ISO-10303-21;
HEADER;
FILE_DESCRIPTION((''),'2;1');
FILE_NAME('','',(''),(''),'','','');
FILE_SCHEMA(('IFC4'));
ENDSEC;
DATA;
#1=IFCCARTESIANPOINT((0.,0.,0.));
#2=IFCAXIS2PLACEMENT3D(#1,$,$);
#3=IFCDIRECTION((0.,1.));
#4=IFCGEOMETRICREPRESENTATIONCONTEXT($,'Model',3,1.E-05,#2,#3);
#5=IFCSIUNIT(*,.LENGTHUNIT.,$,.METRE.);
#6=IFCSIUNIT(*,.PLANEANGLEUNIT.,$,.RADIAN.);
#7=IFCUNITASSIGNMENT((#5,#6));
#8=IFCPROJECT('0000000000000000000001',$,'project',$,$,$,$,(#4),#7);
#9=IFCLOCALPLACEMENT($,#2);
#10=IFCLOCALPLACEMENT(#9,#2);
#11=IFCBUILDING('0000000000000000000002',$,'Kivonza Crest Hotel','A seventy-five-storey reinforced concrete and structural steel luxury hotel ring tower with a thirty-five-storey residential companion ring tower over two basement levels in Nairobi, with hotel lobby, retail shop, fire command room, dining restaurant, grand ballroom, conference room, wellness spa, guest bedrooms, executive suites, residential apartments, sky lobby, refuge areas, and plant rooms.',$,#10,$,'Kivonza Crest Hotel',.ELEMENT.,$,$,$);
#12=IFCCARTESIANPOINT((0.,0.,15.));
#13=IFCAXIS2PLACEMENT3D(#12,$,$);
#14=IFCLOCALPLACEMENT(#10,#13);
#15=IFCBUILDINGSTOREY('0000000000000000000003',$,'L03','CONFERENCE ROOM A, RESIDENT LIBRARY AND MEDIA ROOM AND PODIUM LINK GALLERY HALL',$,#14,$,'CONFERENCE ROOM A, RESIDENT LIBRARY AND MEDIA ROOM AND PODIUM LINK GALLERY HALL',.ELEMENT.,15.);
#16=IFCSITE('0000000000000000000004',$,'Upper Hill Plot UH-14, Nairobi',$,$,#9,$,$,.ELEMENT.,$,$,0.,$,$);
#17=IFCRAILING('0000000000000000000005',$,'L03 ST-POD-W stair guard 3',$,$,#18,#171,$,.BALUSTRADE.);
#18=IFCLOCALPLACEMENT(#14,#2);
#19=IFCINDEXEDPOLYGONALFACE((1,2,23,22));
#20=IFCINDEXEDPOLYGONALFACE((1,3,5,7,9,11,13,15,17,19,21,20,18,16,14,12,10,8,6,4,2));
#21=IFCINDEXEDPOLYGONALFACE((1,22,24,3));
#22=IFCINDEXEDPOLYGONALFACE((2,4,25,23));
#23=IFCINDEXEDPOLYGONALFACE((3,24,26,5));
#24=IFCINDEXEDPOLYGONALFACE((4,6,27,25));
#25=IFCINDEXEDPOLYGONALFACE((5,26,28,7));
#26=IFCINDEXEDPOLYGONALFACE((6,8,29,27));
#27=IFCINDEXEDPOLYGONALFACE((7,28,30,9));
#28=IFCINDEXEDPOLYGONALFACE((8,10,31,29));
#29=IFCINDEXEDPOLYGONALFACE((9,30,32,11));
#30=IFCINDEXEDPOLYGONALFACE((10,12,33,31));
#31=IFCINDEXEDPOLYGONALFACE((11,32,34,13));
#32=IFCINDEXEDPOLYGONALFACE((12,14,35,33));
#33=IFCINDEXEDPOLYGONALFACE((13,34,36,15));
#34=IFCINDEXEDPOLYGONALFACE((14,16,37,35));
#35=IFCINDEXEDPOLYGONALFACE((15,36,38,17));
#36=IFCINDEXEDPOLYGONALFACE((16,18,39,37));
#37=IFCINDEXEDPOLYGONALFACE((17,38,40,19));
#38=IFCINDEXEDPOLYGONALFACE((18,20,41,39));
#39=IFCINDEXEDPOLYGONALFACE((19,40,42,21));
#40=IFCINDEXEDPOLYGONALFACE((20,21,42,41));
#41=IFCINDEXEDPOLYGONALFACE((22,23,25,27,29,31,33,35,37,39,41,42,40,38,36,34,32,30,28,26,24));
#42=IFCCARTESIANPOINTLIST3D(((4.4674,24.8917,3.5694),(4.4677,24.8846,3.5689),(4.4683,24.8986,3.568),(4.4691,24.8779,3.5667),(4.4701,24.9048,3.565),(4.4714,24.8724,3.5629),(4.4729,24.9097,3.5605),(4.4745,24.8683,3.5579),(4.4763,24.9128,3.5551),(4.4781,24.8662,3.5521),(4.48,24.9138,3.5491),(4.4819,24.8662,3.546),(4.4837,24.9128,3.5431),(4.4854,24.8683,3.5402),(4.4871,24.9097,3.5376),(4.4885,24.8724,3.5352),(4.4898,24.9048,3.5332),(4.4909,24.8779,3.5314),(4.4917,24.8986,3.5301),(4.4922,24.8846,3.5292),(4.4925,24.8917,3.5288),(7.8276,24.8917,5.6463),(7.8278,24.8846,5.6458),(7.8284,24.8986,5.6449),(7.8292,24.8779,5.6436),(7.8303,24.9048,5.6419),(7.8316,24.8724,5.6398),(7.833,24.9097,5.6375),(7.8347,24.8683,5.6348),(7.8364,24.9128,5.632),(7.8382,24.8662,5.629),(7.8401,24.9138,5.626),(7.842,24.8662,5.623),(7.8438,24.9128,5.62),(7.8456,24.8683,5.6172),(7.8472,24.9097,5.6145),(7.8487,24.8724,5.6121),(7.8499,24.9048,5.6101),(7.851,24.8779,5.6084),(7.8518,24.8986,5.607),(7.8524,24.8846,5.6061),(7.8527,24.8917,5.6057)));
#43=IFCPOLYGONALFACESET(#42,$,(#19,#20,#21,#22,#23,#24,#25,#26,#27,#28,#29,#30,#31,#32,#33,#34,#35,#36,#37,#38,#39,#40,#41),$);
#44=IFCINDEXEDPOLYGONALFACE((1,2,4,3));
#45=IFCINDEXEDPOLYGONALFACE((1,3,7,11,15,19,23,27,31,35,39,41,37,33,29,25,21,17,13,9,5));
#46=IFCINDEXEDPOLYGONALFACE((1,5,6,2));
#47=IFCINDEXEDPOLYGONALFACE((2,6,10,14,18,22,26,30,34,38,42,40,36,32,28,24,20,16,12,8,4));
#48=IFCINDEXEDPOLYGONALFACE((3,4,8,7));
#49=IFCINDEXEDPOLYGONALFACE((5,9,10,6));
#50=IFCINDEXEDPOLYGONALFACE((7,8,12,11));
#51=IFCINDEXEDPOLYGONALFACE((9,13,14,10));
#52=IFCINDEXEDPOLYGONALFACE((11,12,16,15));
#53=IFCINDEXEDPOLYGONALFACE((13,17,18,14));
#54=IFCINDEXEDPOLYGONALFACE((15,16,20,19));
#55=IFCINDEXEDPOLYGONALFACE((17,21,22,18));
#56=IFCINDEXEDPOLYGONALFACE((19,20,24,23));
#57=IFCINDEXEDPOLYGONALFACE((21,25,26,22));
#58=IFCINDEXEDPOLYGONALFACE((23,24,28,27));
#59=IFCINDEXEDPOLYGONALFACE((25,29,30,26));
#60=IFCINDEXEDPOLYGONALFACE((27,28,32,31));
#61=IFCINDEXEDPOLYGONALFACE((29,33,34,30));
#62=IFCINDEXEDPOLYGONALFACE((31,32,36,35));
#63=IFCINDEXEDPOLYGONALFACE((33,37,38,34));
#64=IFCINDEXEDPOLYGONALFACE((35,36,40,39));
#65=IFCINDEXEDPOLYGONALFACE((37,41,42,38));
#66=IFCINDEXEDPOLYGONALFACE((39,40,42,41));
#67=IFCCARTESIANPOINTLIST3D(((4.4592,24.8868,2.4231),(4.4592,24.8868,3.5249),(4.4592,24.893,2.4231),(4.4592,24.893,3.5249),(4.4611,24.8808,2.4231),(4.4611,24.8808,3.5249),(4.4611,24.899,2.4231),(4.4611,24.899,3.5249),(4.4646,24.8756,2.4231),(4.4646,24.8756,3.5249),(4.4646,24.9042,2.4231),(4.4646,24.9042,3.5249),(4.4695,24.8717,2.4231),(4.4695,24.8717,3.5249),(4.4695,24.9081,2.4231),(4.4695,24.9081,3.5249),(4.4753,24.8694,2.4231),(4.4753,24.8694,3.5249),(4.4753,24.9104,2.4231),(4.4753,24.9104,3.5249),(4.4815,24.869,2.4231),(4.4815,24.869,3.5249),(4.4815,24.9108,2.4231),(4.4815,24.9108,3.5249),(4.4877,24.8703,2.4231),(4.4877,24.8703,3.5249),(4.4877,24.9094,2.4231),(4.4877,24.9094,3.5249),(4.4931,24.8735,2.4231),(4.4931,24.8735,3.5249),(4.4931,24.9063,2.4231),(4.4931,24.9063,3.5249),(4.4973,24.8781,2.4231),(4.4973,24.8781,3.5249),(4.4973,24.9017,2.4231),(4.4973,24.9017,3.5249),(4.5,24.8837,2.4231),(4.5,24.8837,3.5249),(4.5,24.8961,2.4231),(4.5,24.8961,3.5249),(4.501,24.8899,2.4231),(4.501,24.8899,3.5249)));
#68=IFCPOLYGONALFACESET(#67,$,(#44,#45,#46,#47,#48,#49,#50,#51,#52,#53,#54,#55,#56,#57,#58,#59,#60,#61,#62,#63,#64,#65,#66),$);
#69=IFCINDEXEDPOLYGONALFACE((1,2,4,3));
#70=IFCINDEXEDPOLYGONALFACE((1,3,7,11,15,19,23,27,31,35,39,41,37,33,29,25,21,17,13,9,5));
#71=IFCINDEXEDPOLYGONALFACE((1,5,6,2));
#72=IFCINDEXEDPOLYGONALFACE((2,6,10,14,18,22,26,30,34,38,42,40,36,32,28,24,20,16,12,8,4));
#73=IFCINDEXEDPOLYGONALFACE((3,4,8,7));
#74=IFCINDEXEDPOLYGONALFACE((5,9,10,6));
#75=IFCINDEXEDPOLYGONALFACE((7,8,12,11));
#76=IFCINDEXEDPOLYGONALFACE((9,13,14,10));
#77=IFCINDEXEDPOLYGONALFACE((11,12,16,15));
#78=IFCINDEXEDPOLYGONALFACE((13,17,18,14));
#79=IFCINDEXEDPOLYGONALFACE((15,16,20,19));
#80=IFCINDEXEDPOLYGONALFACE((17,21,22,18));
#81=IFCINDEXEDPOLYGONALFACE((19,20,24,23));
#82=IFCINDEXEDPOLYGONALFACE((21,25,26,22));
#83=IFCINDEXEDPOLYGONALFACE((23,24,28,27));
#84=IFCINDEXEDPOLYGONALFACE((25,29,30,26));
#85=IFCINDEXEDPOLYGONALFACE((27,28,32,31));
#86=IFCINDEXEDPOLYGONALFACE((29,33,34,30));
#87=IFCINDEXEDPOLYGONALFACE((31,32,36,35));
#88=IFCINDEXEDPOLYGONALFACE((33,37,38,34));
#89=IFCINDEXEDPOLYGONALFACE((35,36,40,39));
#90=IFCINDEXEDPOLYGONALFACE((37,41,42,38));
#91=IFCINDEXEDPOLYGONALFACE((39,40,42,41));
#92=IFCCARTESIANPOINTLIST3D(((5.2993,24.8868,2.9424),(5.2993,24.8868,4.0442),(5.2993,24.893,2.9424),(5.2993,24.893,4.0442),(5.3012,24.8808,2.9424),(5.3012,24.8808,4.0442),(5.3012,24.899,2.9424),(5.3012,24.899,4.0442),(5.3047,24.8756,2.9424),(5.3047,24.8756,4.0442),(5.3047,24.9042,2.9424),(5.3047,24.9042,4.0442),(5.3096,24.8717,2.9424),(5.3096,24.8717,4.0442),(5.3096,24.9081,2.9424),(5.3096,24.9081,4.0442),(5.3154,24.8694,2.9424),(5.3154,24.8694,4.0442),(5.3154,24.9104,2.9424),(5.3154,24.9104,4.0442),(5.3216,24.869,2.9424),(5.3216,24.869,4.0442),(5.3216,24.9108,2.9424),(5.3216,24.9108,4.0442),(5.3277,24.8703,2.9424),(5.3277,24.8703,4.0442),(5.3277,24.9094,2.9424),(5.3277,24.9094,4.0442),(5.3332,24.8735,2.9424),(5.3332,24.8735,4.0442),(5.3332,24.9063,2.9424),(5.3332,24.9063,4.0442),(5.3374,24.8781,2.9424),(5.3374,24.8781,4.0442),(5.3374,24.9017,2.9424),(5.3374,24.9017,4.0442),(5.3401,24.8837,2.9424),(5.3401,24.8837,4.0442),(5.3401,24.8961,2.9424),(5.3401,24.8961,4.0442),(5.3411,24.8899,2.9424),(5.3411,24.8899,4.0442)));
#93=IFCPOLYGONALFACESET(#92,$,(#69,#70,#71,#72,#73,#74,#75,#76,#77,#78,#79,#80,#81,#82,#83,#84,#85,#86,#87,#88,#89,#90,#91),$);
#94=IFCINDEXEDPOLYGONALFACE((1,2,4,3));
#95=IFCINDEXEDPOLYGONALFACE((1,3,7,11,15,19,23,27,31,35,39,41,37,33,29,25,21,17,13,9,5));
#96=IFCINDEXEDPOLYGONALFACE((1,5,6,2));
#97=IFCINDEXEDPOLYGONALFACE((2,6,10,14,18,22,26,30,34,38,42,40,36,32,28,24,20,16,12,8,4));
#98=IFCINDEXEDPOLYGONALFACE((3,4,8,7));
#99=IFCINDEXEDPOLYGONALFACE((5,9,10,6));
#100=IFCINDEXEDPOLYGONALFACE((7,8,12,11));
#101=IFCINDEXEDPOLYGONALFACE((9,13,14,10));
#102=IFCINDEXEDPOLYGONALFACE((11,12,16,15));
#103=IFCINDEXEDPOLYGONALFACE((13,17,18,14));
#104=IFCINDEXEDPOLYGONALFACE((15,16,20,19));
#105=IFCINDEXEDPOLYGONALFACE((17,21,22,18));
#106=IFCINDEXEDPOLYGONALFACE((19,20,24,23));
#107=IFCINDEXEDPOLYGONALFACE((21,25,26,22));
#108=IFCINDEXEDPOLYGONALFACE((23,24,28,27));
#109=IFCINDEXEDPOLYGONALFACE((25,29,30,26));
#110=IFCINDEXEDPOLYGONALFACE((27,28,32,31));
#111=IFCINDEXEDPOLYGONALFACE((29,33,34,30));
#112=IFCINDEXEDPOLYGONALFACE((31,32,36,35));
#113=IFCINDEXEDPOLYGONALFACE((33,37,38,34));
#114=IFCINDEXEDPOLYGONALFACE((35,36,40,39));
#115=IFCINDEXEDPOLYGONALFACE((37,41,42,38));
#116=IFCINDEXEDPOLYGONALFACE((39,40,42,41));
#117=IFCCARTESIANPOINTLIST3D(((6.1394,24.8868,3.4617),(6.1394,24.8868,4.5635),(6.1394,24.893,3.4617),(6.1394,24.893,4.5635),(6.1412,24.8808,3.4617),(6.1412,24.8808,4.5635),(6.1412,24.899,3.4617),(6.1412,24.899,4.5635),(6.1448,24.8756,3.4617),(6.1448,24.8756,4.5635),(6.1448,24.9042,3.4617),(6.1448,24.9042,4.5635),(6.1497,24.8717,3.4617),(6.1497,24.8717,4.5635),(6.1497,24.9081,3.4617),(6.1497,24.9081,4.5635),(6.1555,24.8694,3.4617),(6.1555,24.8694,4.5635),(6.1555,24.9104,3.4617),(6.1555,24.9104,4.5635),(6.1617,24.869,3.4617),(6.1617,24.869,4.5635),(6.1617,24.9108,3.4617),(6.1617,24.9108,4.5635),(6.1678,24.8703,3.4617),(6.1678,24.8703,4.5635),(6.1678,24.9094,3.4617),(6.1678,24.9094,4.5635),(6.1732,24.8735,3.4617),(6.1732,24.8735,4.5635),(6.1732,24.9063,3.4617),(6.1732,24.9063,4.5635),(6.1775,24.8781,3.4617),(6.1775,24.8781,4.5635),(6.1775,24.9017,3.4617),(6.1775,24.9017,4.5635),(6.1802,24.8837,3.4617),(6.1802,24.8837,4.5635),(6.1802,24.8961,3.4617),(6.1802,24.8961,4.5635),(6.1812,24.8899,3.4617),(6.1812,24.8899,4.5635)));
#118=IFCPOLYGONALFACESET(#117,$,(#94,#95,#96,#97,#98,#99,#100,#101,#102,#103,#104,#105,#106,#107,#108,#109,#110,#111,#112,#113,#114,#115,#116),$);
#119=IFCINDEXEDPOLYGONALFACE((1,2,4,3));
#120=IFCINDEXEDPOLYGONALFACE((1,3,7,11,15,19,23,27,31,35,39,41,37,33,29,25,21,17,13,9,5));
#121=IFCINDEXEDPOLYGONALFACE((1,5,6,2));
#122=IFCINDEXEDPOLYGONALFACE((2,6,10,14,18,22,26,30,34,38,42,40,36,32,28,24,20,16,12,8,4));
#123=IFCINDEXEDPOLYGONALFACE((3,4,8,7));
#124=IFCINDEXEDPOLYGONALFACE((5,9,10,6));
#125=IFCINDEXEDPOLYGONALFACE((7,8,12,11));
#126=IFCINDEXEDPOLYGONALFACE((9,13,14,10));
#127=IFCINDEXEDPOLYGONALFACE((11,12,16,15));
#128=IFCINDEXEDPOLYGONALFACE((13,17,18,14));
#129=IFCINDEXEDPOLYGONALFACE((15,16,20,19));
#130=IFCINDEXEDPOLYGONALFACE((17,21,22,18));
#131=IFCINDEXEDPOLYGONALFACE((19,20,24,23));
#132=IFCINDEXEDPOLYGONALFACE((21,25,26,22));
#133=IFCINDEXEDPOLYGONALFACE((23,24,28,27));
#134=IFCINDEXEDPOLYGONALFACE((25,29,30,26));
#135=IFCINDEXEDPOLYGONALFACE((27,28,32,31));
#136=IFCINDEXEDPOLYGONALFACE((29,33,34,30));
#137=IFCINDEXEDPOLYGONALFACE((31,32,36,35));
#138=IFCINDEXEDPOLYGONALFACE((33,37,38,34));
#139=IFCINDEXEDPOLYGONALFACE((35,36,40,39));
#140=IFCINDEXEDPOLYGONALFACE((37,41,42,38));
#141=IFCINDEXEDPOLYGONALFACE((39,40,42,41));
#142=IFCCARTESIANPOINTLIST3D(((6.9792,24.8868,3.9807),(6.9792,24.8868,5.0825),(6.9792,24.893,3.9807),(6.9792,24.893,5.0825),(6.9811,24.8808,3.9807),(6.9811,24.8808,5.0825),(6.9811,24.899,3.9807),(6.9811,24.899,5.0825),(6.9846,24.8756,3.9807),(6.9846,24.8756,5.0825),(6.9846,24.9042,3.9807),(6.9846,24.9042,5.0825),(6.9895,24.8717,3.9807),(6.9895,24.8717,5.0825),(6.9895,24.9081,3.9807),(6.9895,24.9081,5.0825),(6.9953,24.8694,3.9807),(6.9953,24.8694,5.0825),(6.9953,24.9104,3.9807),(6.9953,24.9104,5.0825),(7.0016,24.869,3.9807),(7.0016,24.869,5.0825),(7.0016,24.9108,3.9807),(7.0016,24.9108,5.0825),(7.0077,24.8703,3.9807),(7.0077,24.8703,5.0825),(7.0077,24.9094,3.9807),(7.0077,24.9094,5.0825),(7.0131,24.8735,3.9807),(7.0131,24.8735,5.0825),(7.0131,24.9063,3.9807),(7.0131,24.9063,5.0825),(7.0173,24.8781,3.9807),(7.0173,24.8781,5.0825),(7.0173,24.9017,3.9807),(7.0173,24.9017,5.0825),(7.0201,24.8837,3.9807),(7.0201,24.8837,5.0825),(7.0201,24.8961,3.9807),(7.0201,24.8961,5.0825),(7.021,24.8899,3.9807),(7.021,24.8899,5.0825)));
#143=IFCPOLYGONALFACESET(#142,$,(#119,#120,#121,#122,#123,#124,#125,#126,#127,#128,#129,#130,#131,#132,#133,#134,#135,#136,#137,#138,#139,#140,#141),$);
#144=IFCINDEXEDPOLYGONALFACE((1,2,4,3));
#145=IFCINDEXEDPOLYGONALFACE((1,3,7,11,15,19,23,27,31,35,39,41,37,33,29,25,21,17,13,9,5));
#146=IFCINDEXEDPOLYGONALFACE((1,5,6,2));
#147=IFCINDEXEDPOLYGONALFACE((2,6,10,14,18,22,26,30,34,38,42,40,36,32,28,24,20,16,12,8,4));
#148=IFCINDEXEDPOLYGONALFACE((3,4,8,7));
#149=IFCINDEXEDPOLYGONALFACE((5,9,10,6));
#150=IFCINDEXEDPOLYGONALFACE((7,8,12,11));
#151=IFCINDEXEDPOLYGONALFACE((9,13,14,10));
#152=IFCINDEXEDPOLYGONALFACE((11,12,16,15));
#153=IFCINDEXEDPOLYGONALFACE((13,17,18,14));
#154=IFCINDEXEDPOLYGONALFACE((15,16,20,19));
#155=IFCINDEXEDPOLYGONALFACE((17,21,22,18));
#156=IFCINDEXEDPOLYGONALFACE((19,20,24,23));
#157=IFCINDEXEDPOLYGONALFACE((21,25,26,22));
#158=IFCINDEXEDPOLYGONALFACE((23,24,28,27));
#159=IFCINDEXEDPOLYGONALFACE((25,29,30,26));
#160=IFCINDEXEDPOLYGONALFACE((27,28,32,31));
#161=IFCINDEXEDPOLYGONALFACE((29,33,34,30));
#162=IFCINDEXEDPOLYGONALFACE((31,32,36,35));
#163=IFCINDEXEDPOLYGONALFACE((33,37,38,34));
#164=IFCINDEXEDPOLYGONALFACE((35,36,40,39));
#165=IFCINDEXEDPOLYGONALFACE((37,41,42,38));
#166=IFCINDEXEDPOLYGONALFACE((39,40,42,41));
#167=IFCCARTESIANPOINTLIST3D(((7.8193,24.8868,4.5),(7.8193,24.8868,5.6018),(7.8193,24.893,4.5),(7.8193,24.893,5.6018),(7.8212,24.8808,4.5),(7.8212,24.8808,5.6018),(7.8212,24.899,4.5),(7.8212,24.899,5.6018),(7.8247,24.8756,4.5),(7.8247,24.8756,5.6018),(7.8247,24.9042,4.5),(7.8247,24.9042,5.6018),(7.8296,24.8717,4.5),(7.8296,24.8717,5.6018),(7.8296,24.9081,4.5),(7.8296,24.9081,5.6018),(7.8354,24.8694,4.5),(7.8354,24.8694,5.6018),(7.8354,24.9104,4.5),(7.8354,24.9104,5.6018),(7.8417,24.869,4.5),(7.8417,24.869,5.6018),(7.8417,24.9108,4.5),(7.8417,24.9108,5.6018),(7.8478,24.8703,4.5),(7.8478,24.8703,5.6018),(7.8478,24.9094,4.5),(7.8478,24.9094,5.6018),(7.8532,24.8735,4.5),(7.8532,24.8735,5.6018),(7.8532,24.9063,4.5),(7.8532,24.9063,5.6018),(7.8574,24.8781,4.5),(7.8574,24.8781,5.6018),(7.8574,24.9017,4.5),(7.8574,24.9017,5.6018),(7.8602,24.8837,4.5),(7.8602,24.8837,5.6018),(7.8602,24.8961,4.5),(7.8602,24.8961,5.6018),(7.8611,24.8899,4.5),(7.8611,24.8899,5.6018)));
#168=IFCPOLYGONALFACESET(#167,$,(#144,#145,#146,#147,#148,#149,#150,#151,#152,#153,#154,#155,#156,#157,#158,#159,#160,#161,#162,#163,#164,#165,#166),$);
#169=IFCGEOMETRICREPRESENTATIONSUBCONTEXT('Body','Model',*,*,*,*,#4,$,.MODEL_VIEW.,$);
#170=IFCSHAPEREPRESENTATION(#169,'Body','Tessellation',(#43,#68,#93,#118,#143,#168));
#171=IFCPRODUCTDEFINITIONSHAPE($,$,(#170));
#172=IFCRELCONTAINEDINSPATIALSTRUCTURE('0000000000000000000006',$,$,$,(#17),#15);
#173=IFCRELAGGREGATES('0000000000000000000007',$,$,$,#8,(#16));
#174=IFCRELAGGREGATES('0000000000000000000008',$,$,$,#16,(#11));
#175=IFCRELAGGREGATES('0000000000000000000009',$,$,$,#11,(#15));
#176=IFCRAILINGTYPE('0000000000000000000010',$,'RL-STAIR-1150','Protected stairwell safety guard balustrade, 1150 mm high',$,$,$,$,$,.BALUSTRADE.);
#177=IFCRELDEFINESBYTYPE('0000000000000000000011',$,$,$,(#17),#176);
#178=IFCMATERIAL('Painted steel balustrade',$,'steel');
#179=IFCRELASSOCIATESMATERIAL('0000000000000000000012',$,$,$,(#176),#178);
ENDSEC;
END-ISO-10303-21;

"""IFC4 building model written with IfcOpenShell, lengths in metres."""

from ifc_helpers import new_model, si_unit, direction, frame, origin, origin_2d, place, context, subcontext, project, spatial, circle, extrude, material, type_object, element, save


model = new_model("IFC4")

# Units and contexts
model_context = context("Model", 3, precision=1e-05, world=origin(), true_north=direction((0.0, 1.0)))
body_context = subcontext(model_context, "Body", "Model", "MODEL_VIEW")
ifc_project = project(units=[si_unit("LENGTHUNIT", "METRE"), si_unit("PLANEANGLEUNIT", "RADIAN")], contexts=[model_context])

# Site, building, storey
site_placement = place(None, origin())
site = spatial("IfcSite", under=ifc_project, at=site_placement, Name="Upper Hill Plot UH-14, Nairobi", CompositionType="ELEMENT", RefElevation=0.0)
building_placement = place(site_placement, origin())
building = spatial("IfcBuilding", under=site, at=building_placement, Name="Kivonza Crest Hotel", Description="A seventy-five-storey reinforced concrete and structural steel luxury hotel ring tower with a thirty-five-storey residential companion ring tower over two basement levels in Nairobi, with hotel lobby, retail shop, fire command room, dining restaurant, grand ballroom, conference room, wellness spa, guest bedrooms, executive suites, residential apartments, sky lobby, refuge areas, and plant rooms.", LongName="Kivonza Crest Hotel", CompositionType="ELEMENT")
storey_placement = place(building_placement, frame((0.0, 0.0, 15.0)))
storey = spatial("IfcBuildingStorey", under=building, at=storey_placement, Name="L03", Description="CONFERENCE ROOM A, RESIDENT LIBRARY AND MEDIA ROOM AND PODIUM LINK GALLERY HALL", LongName="CONFERENCE ROOM A, RESIDENT LIBRARY AND MEDIA ROOM AND PODIUM LINK GALLERY HALL", CompositionType="ELEMENT", Elevation=15.0)

# Railing
ifc_material_1 = material(Name="Painted steel balustrade", Category="steel")
railing_type_1 = type_object("IfcRailingType", Name="RL-STAIR-1150", Description="Protected stairwell safety guard balustrade, 1150 mm high", PredefinedType="BALUSTRADE", material=ifc_material_1)
railing_1_placement = place(storey_placement, frame((4.48, 24.8899, 2.4231)))
element("IfcRailing", 1, at=railing_1_placement, inside=storey, type_object=railing_type_1, Name="L03 ST-POD-W stair guard 3", PredefinedType="BALUSTRADE", context=body_context, shape_type="SweptSolid", body=[
    extrude(circle(Radius=0.0239, at=origin_2d()), frame((0.0, 0.0, 1.126), z_axis=(0.850623, 0.0, 0.525776), x_axis=(0.0, 1.0, 0.0)), (0.0, 0.0, 1.0), 3.9502),
    extrude(circle(Radius=0.021, at=origin_2d()), origin(), (0.0, 0.0, 1.0), 1.1018),
    extrude(circle(Radius=0.021, at=origin_2d()), frame((0.8401, 0.0, 0.5193)), (0.0, 0.0, 1.0), 1.1018),
    extrude(circle(Radius=0.021, at=origin_2d()), frame((1.6802, 0.0, 1.0386)), (0.0, 0.0, 1.0), 1.1018),
    extrude(circle(Radius=0.021, at=origin_2d()), frame((2.52, 0.0, 1.5576)), (0.0, 0.0, 1.0), 1.1018),
    extrude(circle(Radius=0.021, at=origin_2d()), frame((3.3601, 0.0, 2.0769)), (0.0, 0.0, 1.0), 1.1018),
])

save(model, "model.ifc")
